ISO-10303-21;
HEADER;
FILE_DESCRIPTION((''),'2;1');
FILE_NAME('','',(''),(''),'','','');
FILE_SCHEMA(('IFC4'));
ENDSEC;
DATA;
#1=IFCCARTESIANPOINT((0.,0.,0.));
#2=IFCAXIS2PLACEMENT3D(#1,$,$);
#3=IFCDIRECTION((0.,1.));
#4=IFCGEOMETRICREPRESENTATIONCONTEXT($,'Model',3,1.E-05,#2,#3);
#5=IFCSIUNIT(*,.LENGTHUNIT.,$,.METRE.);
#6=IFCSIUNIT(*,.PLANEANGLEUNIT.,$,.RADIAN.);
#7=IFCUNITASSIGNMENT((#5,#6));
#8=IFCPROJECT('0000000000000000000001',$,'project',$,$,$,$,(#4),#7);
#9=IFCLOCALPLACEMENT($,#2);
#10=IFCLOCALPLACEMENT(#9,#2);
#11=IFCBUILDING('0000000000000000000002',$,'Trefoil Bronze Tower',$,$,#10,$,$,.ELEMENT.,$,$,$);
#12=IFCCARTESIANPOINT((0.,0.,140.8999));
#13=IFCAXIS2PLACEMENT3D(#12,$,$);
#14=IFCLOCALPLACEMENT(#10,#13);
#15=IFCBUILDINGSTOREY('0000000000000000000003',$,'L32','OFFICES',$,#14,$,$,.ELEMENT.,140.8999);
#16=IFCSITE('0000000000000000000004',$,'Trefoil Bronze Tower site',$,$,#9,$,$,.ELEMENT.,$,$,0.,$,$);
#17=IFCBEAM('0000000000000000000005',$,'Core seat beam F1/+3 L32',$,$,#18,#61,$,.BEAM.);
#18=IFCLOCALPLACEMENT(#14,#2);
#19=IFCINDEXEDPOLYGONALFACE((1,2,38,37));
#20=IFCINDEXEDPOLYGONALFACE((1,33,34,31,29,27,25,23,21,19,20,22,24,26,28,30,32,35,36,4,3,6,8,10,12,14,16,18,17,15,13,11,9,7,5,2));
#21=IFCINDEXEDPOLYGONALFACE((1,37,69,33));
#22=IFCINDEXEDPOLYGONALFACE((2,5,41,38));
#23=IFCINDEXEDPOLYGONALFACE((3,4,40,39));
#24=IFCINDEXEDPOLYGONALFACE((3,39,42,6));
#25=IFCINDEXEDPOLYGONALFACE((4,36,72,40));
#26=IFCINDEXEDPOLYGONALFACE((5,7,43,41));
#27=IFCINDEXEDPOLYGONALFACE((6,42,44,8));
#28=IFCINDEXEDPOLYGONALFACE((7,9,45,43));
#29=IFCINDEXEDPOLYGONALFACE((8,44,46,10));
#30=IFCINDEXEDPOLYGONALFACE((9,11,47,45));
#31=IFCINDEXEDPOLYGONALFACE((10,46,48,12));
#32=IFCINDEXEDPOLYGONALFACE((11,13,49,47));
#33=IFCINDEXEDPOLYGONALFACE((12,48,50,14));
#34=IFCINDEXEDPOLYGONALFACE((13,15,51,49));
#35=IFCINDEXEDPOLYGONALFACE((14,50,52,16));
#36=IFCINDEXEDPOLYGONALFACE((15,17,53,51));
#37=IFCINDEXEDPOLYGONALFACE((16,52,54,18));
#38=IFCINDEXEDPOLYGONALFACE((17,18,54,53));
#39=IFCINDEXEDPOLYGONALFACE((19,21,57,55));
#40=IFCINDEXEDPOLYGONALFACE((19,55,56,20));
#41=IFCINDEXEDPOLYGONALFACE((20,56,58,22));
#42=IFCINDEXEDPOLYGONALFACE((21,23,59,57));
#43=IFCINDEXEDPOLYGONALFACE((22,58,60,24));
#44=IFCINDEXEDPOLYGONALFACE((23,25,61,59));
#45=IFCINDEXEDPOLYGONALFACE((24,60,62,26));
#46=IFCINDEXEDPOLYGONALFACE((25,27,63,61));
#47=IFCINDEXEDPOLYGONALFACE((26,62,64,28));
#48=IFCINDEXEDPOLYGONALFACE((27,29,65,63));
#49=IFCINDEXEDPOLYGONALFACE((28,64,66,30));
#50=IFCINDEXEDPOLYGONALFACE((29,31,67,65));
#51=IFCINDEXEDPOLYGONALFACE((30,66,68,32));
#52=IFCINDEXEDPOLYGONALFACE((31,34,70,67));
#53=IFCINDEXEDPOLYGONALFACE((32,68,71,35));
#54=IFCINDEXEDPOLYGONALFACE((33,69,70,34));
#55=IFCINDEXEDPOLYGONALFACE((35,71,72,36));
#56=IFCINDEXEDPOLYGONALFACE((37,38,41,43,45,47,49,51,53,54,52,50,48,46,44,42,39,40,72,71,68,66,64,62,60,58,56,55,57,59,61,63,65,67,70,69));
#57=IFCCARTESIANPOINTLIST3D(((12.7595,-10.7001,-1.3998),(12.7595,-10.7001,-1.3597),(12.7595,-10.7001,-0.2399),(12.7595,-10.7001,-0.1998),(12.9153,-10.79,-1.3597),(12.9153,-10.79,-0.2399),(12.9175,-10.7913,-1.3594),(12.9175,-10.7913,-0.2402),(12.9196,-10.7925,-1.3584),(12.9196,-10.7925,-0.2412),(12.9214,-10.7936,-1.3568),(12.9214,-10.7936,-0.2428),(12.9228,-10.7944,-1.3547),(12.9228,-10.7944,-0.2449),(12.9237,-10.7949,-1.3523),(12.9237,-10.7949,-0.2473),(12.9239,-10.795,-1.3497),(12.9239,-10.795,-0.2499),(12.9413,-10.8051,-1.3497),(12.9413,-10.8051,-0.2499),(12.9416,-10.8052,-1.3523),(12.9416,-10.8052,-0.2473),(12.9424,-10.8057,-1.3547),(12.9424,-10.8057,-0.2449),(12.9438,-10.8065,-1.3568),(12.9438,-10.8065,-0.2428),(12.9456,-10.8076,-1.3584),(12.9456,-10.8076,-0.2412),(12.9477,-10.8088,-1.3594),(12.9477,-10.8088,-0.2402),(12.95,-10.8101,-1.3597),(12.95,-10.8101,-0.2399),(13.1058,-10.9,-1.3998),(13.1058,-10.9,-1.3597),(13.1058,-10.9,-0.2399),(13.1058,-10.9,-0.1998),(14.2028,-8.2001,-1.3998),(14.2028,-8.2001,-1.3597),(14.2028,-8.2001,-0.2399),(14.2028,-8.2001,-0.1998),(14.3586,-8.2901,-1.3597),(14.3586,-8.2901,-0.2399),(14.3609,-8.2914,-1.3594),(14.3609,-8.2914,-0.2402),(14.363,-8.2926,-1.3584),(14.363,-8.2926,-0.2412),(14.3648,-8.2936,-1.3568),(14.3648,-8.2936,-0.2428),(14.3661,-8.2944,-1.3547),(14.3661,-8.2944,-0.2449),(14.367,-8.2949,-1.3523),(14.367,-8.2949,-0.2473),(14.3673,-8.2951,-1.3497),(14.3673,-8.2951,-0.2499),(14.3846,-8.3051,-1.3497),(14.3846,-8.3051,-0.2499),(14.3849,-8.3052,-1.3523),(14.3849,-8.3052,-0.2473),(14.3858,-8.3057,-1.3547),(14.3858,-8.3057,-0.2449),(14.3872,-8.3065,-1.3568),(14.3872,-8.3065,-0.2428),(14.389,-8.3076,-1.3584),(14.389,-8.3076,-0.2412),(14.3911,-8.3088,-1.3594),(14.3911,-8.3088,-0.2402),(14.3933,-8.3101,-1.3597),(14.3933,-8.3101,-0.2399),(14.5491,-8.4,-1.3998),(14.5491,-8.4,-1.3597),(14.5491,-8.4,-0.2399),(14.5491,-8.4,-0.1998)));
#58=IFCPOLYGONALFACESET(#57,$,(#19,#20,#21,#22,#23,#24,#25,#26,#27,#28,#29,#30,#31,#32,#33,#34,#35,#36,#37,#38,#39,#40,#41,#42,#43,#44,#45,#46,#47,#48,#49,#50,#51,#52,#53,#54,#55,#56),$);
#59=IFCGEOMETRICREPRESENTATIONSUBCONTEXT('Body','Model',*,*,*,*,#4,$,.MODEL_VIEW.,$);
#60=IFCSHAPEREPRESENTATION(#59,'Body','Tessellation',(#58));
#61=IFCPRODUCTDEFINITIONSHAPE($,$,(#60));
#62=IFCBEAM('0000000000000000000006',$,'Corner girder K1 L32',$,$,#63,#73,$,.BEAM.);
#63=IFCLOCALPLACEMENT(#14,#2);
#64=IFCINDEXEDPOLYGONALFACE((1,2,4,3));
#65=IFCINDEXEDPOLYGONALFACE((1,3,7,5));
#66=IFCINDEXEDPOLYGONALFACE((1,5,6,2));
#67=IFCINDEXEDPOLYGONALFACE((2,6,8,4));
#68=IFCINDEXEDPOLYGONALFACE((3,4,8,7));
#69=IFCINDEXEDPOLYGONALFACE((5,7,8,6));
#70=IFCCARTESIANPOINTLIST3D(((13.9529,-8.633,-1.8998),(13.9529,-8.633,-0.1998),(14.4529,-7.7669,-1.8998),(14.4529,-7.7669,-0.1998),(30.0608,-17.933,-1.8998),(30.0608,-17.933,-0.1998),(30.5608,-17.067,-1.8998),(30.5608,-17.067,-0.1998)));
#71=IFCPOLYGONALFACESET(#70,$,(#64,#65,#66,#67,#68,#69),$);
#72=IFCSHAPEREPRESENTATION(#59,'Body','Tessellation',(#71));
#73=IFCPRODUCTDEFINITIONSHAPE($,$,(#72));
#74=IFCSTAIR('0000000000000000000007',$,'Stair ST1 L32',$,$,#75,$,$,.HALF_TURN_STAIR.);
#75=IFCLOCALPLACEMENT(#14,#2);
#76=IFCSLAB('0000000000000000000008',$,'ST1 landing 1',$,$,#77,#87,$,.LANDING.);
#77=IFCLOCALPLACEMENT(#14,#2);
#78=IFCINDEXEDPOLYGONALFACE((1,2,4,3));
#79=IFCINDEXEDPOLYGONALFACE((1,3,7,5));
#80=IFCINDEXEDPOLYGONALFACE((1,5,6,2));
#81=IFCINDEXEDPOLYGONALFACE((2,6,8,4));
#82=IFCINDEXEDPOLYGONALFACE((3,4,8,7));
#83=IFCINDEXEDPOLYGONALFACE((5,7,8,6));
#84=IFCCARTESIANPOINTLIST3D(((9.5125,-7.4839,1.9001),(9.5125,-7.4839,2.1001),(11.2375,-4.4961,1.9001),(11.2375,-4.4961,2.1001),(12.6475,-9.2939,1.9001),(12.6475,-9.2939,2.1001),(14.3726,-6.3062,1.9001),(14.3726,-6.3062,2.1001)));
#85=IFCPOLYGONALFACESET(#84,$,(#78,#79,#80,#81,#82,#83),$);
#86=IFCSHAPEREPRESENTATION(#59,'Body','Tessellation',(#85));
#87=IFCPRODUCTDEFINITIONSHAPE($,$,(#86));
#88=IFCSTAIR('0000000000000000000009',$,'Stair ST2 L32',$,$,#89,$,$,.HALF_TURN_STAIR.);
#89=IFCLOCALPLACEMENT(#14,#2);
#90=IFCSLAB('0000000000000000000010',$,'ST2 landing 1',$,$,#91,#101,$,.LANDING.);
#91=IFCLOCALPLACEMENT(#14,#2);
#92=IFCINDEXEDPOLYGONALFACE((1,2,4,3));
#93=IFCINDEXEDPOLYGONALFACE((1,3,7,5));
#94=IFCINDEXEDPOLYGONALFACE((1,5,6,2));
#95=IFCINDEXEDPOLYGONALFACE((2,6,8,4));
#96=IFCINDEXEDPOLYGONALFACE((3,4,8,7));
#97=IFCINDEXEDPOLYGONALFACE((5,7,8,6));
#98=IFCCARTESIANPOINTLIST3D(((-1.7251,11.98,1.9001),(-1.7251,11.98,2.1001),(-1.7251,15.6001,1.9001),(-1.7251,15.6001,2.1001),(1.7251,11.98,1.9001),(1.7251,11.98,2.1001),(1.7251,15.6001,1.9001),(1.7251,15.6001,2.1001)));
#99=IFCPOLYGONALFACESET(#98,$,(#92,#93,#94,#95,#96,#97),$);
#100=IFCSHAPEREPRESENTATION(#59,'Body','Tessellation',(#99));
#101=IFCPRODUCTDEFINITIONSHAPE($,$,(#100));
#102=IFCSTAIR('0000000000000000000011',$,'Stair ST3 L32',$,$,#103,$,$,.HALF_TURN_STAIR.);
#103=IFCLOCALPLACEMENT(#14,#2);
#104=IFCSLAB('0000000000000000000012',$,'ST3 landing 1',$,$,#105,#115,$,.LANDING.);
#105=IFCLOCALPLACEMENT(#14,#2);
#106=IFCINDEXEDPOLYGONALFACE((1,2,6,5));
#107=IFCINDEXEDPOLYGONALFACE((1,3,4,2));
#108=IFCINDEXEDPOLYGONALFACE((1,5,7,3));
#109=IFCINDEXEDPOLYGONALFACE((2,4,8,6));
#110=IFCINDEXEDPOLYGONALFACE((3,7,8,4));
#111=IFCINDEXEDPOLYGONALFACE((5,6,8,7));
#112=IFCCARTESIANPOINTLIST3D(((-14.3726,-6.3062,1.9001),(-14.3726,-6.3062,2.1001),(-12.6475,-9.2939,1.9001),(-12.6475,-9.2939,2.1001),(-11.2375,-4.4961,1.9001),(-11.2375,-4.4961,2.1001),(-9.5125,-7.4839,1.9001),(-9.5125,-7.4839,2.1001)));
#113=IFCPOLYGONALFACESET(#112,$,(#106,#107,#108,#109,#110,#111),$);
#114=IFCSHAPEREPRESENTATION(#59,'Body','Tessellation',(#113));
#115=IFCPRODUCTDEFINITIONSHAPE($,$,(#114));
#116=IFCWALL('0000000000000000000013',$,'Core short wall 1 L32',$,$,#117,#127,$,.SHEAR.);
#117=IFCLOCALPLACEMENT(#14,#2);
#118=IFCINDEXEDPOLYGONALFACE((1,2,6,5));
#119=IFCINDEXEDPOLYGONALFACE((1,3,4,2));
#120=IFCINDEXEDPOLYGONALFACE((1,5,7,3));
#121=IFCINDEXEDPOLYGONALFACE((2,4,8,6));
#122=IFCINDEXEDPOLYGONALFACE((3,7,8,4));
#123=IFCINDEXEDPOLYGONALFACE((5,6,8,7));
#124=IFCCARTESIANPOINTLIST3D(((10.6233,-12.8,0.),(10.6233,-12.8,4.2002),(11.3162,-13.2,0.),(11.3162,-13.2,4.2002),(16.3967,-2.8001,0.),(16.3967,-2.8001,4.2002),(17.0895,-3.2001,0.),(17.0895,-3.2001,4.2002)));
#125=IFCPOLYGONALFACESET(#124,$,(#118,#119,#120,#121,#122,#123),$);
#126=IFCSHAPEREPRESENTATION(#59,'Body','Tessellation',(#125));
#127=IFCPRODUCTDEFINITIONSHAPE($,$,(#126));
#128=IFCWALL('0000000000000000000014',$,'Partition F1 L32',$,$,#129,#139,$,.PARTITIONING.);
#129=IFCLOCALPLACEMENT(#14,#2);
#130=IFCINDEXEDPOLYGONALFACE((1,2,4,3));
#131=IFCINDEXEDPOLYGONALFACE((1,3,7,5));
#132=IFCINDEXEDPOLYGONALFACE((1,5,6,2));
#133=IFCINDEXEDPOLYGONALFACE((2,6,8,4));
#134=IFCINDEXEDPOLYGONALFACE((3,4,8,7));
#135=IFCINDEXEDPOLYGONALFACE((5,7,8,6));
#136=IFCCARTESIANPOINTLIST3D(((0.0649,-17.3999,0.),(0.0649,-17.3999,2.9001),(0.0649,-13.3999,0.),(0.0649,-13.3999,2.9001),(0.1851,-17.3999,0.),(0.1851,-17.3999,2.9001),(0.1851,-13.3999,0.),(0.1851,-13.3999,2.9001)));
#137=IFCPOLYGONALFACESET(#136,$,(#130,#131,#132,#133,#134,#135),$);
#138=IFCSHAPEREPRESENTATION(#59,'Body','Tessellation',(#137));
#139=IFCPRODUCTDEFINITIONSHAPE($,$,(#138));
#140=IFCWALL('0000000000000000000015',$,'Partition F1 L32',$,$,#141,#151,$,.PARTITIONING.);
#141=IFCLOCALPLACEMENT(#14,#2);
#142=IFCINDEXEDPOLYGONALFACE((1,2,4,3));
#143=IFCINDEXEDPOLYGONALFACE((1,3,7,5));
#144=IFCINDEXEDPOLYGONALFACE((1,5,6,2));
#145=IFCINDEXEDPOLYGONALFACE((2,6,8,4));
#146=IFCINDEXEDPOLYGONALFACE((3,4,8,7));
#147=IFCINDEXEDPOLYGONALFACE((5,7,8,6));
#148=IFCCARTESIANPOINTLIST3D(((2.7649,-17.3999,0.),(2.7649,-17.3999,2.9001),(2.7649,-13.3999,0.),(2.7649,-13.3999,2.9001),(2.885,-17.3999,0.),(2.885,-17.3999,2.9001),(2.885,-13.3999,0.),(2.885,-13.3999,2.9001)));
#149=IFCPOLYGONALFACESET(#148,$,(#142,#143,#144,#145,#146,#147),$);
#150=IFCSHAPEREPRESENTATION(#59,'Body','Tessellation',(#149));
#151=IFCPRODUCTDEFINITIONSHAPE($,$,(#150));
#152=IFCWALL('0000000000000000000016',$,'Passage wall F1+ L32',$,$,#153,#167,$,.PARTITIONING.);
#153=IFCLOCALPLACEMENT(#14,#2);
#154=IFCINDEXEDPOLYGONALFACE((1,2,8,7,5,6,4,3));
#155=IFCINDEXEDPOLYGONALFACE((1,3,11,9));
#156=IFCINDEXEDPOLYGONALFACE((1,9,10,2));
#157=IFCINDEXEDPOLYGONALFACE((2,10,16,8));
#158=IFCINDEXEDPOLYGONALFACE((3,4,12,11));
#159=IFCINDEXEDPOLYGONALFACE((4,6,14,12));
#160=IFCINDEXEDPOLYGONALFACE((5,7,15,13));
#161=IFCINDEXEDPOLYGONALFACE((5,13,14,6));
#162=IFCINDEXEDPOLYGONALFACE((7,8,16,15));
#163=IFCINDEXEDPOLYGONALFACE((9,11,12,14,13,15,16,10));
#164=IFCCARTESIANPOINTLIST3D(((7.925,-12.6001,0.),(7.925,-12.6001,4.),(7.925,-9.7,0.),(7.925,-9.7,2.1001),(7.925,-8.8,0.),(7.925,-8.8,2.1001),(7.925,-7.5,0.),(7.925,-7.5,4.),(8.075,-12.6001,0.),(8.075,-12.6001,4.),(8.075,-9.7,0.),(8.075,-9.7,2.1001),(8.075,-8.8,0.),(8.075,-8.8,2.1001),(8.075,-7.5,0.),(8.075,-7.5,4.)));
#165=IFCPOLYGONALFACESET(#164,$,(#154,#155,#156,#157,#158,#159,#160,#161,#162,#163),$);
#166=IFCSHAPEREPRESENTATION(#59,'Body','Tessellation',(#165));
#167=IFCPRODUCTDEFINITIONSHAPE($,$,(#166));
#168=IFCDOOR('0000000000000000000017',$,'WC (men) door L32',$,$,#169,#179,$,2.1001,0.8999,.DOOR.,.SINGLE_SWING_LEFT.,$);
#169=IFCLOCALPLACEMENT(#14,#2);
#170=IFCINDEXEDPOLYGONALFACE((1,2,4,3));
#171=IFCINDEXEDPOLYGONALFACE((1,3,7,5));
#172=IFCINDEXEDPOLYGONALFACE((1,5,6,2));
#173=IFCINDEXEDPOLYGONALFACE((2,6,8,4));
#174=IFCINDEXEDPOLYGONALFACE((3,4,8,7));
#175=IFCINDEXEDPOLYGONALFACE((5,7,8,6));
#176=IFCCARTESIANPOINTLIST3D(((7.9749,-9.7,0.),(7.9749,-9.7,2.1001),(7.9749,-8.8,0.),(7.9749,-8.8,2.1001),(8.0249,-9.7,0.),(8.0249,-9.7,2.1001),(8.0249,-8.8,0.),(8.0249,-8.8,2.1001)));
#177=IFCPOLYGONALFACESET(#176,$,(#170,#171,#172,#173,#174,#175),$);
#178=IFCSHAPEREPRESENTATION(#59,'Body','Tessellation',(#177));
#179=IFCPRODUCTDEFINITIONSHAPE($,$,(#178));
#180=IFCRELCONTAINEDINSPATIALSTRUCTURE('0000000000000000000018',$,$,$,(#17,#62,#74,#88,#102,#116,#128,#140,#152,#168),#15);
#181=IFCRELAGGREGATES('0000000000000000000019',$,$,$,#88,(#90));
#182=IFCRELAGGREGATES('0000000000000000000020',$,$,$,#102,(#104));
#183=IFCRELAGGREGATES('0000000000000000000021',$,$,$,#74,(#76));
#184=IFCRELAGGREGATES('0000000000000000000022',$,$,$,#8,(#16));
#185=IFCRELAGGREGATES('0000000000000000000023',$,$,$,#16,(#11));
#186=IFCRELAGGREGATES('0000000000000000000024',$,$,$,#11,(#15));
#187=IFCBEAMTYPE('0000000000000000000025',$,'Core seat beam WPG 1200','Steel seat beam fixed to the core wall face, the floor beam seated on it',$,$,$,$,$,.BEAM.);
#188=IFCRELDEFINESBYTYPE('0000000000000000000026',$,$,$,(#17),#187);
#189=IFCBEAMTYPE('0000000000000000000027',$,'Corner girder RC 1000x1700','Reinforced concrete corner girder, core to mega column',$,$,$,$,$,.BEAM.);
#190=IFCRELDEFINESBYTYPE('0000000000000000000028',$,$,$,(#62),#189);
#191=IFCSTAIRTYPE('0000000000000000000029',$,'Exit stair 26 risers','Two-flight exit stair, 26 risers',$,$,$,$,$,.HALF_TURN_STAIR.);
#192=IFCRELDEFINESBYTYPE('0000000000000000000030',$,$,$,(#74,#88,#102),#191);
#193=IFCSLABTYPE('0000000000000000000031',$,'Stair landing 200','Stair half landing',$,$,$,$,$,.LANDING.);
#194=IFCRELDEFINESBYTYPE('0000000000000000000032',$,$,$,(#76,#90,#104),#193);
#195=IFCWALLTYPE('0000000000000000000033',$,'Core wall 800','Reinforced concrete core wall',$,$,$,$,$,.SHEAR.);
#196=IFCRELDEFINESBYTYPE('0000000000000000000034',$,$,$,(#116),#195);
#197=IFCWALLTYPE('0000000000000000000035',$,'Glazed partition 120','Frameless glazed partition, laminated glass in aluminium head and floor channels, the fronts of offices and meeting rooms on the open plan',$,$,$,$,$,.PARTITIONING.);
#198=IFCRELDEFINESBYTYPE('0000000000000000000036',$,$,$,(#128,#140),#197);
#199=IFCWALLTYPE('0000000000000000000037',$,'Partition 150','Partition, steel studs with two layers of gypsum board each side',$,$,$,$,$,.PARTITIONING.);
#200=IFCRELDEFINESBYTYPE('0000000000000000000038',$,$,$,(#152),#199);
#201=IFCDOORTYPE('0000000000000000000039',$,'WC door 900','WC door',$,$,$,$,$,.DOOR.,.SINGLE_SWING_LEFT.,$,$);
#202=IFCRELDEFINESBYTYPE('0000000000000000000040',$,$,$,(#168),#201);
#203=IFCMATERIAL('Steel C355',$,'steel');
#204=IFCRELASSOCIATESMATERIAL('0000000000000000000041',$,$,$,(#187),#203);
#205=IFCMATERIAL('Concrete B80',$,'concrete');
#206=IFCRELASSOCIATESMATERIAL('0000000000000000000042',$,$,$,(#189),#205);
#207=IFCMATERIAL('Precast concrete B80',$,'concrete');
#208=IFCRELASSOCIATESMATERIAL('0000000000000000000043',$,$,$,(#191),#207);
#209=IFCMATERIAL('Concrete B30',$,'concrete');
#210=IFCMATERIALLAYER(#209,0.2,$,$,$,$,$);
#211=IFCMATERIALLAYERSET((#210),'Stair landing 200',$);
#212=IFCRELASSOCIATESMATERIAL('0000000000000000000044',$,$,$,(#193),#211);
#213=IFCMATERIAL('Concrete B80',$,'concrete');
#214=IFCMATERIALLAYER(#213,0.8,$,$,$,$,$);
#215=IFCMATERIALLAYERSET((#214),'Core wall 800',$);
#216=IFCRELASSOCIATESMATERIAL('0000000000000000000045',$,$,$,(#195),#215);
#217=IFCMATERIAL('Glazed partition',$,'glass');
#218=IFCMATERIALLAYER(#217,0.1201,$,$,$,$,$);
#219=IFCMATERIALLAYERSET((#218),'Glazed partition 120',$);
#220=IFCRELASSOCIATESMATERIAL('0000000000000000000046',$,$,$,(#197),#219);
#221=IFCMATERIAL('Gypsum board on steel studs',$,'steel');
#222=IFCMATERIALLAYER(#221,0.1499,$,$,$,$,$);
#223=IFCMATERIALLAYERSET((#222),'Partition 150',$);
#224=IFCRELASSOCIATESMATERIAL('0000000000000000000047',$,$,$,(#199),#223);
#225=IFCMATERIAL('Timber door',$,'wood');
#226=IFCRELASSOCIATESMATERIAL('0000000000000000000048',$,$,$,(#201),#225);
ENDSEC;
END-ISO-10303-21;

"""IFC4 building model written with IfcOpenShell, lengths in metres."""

from ifc_helpers import new_model, si_unit, direction, frame, frame_2d, origin, origin_2d, place, context, subcontext, project, spatial, polyline, rectangle, i_section, outline, extrude, material, layer, layer_set, material_profile, profile_set, type_object, element, fill, aggregate, save


model = new_model("IFC4")

# Units and contexts
model_context = context("Model", 3, precision=1e-05, world=origin(), true_north=direction((0.0, 1.0)))
body_context = subcontext(model_context, "Body", "Model", "MODEL_VIEW")
ifc_project = project(units=[si_unit("LENGTHUNIT", "METRE"), si_unit("PLANEANGLEUNIT", "RADIAN")], contexts=[model_context])

# Site, building, storey
site_placement = place(None, origin())
site = spatial("IfcSite", under=ifc_project, at=site_placement, Name="Trefoil Bronze Tower site", CompositionType="ELEMENT", RefElevation=0.0)
building_placement = place(site_placement, origin())
building = spatial("IfcBuilding", under=site, at=building_placement, Name="Trefoil Bronze Tower", CompositionType="ELEMENT")
storey_placement = place(building_placement, frame((0.0, 0.0, 140.8999)))
storey = spatial("IfcBuildingStorey", under=building, at=storey_placement, Name="L32", Description="OFFICES", CompositionType="ELEMENT", Elevation=140.8999)

# Beams
ifc_material_1 = material(Name="Steel C355", Category="steel")
ifc_material_profile_1 = material_profile(ifc_material_1, i_section(OverallWidth=0.3999, OverallDepth=1.2, WebThickness=0.02, FlangeThickness=0.04, FilletRadius=0.01, at=origin_2d()), Name="WPG 1200")
ifc_profile_set_1 = profile_set([ifc_material_profile_1], Name="Steel C355")
beam_type_1 = type_object("IfcBeamType", Name="Core seat beam WPG 1200", Description="Steel seat beam fixed to the core wall face, the floor beam seated on it", PredefinedType="BEAM", material=ifc_profile_set_1)
beam_1_placement = place(storey_placement, frame((12.9326, -10.8, -0.7998), z_axis=(0.499996, 0.866028, 0.0), x_axis=(-0.866028, 0.499996, 0.0)))
element("IfcBeam", 1, at=beam_1_placement, inside=storey, type_object=beam_type_1, Name="Core seat beam F1/+3 L32", PredefinedType="BEAM", context=body_context, shape_type="SweptSolid", body=[
    extrude(i_section(OverallWidth=0.3999, OverallDepth=1.2, WebThickness=0.02, FlangeThickness=0.04, FilletRadius=0.01, at=origin_2d()), origin(), (0.0, 0.0, 1.0), 2.8867),
])
ifc_material_2 = material(Name="Concrete B80", Category="concrete")
ifc_material_profile_2 = material_profile(ifc_material_2, rectangle(XDim=1.0, YDim=1.7, at=origin_2d()), Name="RC 1000x1700")
ifc_profile_set_2 = profile_set([ifc_material_profile_2], Name="Concrete B80")
beam_type_2 = type_object("IfcBeamType", Name="Corner girder RC 1000x1700", Description="Reinforced concrete corner girder, core to mega column", PredefinedType="BEAM", material=ifc_profile_set_2)
beam_2_placement = place(storey_placement, frame((14.2029, -8.2, -1.0498), z_axis=(0.866022, -0.500006, 0.0), x_axis=(0.500006, 0.866022, 0.0)))
element("IfcBeam", 2, at=beam_2_placement, inside=storey, type_object=beam_type_2, Name="Corner girder K1 L32", PredefinedType="BEAM", context=body_context, shape_type="SweptSolid", body=[
    extrude(rectangle(XDim=1.0, YDim=1.7, at=origin_2d()), origin(), (0.0, 0.0, 1.0), 18.5999),
])

# Stairs, slabs
ifc_material_3 = material(Name="Precast concrete B80", Category="concrete")
stair_type = type_object("IfcStairType", Name="Exit stair 26 risers", Description="Two-flight exit stair, 26 risers", PredefinedType="HALF_TURN_STAIR", material=ifc_material_3)
stair_1_placement = place(storey_placement, origin())
stair_1 = element("IfcStair", 3, at=stair_1_placement, inside=storey, type_object=stair_type, Name="Stair ST1 L32", PredefinedType="HALF_TURN_STAIR")
ifc_material_4 = material(Name="Concrete B30", Category="concrete")
ifc_layer_1 = layer(ifc_material_4, 0.2)
ifc_layer_set_1 = layer_set([ifc_layer_1], Name="Stair landing 200")
slab_type = type_object("IfcSlabType", Name="Stair landing 200", Description="Stair half landing", PredefinedType="LANDING", material=ifc_layer_set_1)
slab_1_placement = place(storey_placement, frame((0.0, 0.0, 1.9001)))
slab_1 = element("IfcSlab", 4, at=slab_1_placement, type_object=slab_type, Name="ST1 landing 1", PredefinedType="LANDING", context=body_context, shape_type="SweptSolid", body=[
    extrude(outline(polyline([(9.5125, -7.4839), (12.6475, -9.2939), (14.3726, -6.3062), (11.2375, -4.4961), (9.5125, -7.4839)])), origin(), (0.0, 0.0, 1.0), 0.2),
])
stair_2_placement = place(storey_placement, origin())
stair_2 = element("IfcStair", 5, at=stair_2_placement, inside=storey, type_object=stair_type, Name="Stair ST2 L32", PredefinedType="HALF_TURN_STAIR")
slab_2_placement = place(storey_placement, frame((0.0, 0.0, 1.9001)))
slab_2 = element("IfcSlab", 6, at=slab_2_placement, type_object=slab_type, Name="ST2 landing 1", PredefinedType="LANDING", context=body_context, shape_type="SweptSolid", body=[
    extrude(outline(polyline([(1.7251, 11.98), (1.7251, 15.6001), (-1.7251, 15.6001), (-1.7251, 11.98), (1.7251, 11.98)])), origin(), (0.0, 0.0, 1.0), 0.2),
])
aggregate(stair_2, [slab_2])
stair_3_placement = place(storey_placement, origin())
stair_3 = element("IfcStair", 7, at=stair_3_placement, inside=storey, type_object=stair_type, Name="Stair ST3 L32", PredefinedType="HALF_TURN_STAIR")
slab_3_placement = place(storey_placement, frame((0.0, 0.0, 1.9001)))
slab_3 = element("IfcSlab", 8, at=slab_3_placement, type_object=slab_type, Name="ST3 landing 1", PredefinedType="LANDING", context=body_context, shape_type="SweptSolid", body=[
    extrude(outline(polyline([(-11.2375, -4.4961), (-14.3726, -6.3062), (-12.6475, -9.2939), (-9.5125, -7.4839), (-11.2375, -4.4961)])), origin(), (0.0, 0.0, 1.0), 0.2),
])
aggregate(stair_3, [slab_3])

# Walls
ifc_material_5 = material(Name="Concrete B80", Category="concrete")
ifc_layer_2 = layer(ifc_material_5, 0.8)
ifc_layer_set_2 = layer_set([ifc_layer_2], Name="Core wall 800")
wall_type_1 = type_object("IfcWallType", Name="Core wall 800", Description="Reinforced concrete core wall", PredefinedType="SHEAR", material=ifc_layer_set_2)
wall_1_placement = place(storey_placement, frame((10.9697, -13.0, 0.0), z_axis=(0.0, 0.0, 1.0), x_axis=(0.499996, 0.866028, 0.0)))
element("IfcWall", 9, at=wall_1_placement, inside=storey, type_object=wall_type_1, Name="Core short wall 1 L32", PredefinedType="SHEAR", context=body_context, shape_type="SweptSolid", body=[
    extrude(rectangle(XDim=11.5469, YDim=0.8, at=frame_2d((5.7734, 0.0))), origin(), (0.0, 0.0, 1.0), 4.2002),
])
ifc_material_6 = material(Name="Glazed partition", Category="glass")
ifc_layer_3 = layer(ifc_material_6, 0.1201)
ifc_layer_set_3 = layer_set([ifc_layer_3], Name="Glazed partition 120")
wall_type_2 = type_object("IfcWallType", Name="Glazed partition 120", Description="Frameless glazed partition, laminated glass in aluminium head and floor channels, the fronts of offices and meeting rooms on the open plan", PredefinedType="PARTITIONING", material=ifc_layer_set_3)
for number, where, z_axis, x_axis, name in (
    (10, (0.125, -13.3999, 0.0), (0.0, 0.0, 1.0), (0.0, -1.0, 0.0), "Partition F1 L32"),
    (11, (2.825, -13.3999, 0.0), (0.0, 0.0, 1.0), (0.0, -1.0, 0.0), "Partition F1 L32"),
):
    element("IfcWall", number, at=place(storey_placement, frame(where, z_axis=z_axis, x_axis=x_axis)), inside=storey, type_object=wall_type_2, Name=name, PredefinedType="PARTITIONING", context=body_context, shape_type="SweptSolid", body=[
        extrude(rectangle(XDim=4.0, YDim=0.1201, at=frame_2d((2.0, 0.0))), origin(), (0.0, 0.0, 1.0), 2.9001),
    ])

# Wall, opening, door
ifc_material_7 = material(Name="Gypsum board on steel studs", Category="steel")
ifc_layer_4 = layer(ifc_material_7, 0.1499)
ifc_layer_set_4 = layer_set([ifc_layer_4], Name="Partition 150")
wall_type_3 = type_object("IfcWallType", Name="Partition 150", Description="Partition, steel studs with two layers of gypsum board each side", PredefinedType="PARTITIONING", material=ifc_layer_set_4)
wall_2_placement = place(storey_placement, frame((8.0, -7.5, 0.0), z_axis=(0.0, 0.0, 1.0), x_axis=(0.0, -1.0, 0.0)))
wall_2 = element("IfcWall", 12, at=wall_2_placement, inside=storey, type_object=wall_type_3, Name="Passage wall F1+ L32", PredefinedType="PARTITIONING", context=body_context, shape_type="SweptSolid", body=[
    extrude(rectangle(XDim=5.1001, YDim=0.1499, at=frame_2d((2.55, 0.0))), origin(), (0.0, 0.0, 1.0), 4.0),
])
opening_1_placement = place(wall_2_placement, frame((1.3, 0.0, 0.0)))
opening_1 = element("IfcOpeningElement", 13, at=opening_1_placement, cuts=wall_2, PredefinedType="OPENING", context=body_context, shape_type="SweptSolid", body=[
    extrude(rectangle(XDim=0.8999, YDim=2.1001, at=frame_2d((0.45, 1.05))), frame((0.0, 0.085, 0.0), z_axis=(0.0, -1.0, 0.0), x_axis=(1.0, 0.0, 0.0)), (0.0, 0.0, 1.0), 0.1699),
])
ifc_material_8 = material(Name="Timber door", Category="wood")
door_type_1 = type_object("IfcDoorType", Name="WC door 900", Description="WC door", OperationType="SINGLE_SWING_LEFT", PredefinedType="DOOR", material=ifc_material_8)
door_1_placement = place(opening_1_placement, origin())
door_1 = element("IfcDoor", 14, at=door_1_placement, inside=storey, type_object=door_type_1, Name="WC (men) door L32", OperationType="SINGLE_SWING_LEFT", OverallHeight=2.1001, OverallWidth=0.8999, PredefinedType="DOOR", context=body_context, shape_type="SweptSolid", body=[
    extrude(rectangle(XDim=0.8999, YDim=2.1001, at=frame_2d((0.45, 1.05))), frame((0.0, 0.0249, 0.0), z_axis=(0.0, -1.0, 0.0), x_axis=(1.0, 0.0, 0.0)), (0.0, 0.0, 1.0), 0.05),
])
fill(opening_1, door_1)

aggregate(stair_1, [slab_1])

save(model, "model.ifc")
